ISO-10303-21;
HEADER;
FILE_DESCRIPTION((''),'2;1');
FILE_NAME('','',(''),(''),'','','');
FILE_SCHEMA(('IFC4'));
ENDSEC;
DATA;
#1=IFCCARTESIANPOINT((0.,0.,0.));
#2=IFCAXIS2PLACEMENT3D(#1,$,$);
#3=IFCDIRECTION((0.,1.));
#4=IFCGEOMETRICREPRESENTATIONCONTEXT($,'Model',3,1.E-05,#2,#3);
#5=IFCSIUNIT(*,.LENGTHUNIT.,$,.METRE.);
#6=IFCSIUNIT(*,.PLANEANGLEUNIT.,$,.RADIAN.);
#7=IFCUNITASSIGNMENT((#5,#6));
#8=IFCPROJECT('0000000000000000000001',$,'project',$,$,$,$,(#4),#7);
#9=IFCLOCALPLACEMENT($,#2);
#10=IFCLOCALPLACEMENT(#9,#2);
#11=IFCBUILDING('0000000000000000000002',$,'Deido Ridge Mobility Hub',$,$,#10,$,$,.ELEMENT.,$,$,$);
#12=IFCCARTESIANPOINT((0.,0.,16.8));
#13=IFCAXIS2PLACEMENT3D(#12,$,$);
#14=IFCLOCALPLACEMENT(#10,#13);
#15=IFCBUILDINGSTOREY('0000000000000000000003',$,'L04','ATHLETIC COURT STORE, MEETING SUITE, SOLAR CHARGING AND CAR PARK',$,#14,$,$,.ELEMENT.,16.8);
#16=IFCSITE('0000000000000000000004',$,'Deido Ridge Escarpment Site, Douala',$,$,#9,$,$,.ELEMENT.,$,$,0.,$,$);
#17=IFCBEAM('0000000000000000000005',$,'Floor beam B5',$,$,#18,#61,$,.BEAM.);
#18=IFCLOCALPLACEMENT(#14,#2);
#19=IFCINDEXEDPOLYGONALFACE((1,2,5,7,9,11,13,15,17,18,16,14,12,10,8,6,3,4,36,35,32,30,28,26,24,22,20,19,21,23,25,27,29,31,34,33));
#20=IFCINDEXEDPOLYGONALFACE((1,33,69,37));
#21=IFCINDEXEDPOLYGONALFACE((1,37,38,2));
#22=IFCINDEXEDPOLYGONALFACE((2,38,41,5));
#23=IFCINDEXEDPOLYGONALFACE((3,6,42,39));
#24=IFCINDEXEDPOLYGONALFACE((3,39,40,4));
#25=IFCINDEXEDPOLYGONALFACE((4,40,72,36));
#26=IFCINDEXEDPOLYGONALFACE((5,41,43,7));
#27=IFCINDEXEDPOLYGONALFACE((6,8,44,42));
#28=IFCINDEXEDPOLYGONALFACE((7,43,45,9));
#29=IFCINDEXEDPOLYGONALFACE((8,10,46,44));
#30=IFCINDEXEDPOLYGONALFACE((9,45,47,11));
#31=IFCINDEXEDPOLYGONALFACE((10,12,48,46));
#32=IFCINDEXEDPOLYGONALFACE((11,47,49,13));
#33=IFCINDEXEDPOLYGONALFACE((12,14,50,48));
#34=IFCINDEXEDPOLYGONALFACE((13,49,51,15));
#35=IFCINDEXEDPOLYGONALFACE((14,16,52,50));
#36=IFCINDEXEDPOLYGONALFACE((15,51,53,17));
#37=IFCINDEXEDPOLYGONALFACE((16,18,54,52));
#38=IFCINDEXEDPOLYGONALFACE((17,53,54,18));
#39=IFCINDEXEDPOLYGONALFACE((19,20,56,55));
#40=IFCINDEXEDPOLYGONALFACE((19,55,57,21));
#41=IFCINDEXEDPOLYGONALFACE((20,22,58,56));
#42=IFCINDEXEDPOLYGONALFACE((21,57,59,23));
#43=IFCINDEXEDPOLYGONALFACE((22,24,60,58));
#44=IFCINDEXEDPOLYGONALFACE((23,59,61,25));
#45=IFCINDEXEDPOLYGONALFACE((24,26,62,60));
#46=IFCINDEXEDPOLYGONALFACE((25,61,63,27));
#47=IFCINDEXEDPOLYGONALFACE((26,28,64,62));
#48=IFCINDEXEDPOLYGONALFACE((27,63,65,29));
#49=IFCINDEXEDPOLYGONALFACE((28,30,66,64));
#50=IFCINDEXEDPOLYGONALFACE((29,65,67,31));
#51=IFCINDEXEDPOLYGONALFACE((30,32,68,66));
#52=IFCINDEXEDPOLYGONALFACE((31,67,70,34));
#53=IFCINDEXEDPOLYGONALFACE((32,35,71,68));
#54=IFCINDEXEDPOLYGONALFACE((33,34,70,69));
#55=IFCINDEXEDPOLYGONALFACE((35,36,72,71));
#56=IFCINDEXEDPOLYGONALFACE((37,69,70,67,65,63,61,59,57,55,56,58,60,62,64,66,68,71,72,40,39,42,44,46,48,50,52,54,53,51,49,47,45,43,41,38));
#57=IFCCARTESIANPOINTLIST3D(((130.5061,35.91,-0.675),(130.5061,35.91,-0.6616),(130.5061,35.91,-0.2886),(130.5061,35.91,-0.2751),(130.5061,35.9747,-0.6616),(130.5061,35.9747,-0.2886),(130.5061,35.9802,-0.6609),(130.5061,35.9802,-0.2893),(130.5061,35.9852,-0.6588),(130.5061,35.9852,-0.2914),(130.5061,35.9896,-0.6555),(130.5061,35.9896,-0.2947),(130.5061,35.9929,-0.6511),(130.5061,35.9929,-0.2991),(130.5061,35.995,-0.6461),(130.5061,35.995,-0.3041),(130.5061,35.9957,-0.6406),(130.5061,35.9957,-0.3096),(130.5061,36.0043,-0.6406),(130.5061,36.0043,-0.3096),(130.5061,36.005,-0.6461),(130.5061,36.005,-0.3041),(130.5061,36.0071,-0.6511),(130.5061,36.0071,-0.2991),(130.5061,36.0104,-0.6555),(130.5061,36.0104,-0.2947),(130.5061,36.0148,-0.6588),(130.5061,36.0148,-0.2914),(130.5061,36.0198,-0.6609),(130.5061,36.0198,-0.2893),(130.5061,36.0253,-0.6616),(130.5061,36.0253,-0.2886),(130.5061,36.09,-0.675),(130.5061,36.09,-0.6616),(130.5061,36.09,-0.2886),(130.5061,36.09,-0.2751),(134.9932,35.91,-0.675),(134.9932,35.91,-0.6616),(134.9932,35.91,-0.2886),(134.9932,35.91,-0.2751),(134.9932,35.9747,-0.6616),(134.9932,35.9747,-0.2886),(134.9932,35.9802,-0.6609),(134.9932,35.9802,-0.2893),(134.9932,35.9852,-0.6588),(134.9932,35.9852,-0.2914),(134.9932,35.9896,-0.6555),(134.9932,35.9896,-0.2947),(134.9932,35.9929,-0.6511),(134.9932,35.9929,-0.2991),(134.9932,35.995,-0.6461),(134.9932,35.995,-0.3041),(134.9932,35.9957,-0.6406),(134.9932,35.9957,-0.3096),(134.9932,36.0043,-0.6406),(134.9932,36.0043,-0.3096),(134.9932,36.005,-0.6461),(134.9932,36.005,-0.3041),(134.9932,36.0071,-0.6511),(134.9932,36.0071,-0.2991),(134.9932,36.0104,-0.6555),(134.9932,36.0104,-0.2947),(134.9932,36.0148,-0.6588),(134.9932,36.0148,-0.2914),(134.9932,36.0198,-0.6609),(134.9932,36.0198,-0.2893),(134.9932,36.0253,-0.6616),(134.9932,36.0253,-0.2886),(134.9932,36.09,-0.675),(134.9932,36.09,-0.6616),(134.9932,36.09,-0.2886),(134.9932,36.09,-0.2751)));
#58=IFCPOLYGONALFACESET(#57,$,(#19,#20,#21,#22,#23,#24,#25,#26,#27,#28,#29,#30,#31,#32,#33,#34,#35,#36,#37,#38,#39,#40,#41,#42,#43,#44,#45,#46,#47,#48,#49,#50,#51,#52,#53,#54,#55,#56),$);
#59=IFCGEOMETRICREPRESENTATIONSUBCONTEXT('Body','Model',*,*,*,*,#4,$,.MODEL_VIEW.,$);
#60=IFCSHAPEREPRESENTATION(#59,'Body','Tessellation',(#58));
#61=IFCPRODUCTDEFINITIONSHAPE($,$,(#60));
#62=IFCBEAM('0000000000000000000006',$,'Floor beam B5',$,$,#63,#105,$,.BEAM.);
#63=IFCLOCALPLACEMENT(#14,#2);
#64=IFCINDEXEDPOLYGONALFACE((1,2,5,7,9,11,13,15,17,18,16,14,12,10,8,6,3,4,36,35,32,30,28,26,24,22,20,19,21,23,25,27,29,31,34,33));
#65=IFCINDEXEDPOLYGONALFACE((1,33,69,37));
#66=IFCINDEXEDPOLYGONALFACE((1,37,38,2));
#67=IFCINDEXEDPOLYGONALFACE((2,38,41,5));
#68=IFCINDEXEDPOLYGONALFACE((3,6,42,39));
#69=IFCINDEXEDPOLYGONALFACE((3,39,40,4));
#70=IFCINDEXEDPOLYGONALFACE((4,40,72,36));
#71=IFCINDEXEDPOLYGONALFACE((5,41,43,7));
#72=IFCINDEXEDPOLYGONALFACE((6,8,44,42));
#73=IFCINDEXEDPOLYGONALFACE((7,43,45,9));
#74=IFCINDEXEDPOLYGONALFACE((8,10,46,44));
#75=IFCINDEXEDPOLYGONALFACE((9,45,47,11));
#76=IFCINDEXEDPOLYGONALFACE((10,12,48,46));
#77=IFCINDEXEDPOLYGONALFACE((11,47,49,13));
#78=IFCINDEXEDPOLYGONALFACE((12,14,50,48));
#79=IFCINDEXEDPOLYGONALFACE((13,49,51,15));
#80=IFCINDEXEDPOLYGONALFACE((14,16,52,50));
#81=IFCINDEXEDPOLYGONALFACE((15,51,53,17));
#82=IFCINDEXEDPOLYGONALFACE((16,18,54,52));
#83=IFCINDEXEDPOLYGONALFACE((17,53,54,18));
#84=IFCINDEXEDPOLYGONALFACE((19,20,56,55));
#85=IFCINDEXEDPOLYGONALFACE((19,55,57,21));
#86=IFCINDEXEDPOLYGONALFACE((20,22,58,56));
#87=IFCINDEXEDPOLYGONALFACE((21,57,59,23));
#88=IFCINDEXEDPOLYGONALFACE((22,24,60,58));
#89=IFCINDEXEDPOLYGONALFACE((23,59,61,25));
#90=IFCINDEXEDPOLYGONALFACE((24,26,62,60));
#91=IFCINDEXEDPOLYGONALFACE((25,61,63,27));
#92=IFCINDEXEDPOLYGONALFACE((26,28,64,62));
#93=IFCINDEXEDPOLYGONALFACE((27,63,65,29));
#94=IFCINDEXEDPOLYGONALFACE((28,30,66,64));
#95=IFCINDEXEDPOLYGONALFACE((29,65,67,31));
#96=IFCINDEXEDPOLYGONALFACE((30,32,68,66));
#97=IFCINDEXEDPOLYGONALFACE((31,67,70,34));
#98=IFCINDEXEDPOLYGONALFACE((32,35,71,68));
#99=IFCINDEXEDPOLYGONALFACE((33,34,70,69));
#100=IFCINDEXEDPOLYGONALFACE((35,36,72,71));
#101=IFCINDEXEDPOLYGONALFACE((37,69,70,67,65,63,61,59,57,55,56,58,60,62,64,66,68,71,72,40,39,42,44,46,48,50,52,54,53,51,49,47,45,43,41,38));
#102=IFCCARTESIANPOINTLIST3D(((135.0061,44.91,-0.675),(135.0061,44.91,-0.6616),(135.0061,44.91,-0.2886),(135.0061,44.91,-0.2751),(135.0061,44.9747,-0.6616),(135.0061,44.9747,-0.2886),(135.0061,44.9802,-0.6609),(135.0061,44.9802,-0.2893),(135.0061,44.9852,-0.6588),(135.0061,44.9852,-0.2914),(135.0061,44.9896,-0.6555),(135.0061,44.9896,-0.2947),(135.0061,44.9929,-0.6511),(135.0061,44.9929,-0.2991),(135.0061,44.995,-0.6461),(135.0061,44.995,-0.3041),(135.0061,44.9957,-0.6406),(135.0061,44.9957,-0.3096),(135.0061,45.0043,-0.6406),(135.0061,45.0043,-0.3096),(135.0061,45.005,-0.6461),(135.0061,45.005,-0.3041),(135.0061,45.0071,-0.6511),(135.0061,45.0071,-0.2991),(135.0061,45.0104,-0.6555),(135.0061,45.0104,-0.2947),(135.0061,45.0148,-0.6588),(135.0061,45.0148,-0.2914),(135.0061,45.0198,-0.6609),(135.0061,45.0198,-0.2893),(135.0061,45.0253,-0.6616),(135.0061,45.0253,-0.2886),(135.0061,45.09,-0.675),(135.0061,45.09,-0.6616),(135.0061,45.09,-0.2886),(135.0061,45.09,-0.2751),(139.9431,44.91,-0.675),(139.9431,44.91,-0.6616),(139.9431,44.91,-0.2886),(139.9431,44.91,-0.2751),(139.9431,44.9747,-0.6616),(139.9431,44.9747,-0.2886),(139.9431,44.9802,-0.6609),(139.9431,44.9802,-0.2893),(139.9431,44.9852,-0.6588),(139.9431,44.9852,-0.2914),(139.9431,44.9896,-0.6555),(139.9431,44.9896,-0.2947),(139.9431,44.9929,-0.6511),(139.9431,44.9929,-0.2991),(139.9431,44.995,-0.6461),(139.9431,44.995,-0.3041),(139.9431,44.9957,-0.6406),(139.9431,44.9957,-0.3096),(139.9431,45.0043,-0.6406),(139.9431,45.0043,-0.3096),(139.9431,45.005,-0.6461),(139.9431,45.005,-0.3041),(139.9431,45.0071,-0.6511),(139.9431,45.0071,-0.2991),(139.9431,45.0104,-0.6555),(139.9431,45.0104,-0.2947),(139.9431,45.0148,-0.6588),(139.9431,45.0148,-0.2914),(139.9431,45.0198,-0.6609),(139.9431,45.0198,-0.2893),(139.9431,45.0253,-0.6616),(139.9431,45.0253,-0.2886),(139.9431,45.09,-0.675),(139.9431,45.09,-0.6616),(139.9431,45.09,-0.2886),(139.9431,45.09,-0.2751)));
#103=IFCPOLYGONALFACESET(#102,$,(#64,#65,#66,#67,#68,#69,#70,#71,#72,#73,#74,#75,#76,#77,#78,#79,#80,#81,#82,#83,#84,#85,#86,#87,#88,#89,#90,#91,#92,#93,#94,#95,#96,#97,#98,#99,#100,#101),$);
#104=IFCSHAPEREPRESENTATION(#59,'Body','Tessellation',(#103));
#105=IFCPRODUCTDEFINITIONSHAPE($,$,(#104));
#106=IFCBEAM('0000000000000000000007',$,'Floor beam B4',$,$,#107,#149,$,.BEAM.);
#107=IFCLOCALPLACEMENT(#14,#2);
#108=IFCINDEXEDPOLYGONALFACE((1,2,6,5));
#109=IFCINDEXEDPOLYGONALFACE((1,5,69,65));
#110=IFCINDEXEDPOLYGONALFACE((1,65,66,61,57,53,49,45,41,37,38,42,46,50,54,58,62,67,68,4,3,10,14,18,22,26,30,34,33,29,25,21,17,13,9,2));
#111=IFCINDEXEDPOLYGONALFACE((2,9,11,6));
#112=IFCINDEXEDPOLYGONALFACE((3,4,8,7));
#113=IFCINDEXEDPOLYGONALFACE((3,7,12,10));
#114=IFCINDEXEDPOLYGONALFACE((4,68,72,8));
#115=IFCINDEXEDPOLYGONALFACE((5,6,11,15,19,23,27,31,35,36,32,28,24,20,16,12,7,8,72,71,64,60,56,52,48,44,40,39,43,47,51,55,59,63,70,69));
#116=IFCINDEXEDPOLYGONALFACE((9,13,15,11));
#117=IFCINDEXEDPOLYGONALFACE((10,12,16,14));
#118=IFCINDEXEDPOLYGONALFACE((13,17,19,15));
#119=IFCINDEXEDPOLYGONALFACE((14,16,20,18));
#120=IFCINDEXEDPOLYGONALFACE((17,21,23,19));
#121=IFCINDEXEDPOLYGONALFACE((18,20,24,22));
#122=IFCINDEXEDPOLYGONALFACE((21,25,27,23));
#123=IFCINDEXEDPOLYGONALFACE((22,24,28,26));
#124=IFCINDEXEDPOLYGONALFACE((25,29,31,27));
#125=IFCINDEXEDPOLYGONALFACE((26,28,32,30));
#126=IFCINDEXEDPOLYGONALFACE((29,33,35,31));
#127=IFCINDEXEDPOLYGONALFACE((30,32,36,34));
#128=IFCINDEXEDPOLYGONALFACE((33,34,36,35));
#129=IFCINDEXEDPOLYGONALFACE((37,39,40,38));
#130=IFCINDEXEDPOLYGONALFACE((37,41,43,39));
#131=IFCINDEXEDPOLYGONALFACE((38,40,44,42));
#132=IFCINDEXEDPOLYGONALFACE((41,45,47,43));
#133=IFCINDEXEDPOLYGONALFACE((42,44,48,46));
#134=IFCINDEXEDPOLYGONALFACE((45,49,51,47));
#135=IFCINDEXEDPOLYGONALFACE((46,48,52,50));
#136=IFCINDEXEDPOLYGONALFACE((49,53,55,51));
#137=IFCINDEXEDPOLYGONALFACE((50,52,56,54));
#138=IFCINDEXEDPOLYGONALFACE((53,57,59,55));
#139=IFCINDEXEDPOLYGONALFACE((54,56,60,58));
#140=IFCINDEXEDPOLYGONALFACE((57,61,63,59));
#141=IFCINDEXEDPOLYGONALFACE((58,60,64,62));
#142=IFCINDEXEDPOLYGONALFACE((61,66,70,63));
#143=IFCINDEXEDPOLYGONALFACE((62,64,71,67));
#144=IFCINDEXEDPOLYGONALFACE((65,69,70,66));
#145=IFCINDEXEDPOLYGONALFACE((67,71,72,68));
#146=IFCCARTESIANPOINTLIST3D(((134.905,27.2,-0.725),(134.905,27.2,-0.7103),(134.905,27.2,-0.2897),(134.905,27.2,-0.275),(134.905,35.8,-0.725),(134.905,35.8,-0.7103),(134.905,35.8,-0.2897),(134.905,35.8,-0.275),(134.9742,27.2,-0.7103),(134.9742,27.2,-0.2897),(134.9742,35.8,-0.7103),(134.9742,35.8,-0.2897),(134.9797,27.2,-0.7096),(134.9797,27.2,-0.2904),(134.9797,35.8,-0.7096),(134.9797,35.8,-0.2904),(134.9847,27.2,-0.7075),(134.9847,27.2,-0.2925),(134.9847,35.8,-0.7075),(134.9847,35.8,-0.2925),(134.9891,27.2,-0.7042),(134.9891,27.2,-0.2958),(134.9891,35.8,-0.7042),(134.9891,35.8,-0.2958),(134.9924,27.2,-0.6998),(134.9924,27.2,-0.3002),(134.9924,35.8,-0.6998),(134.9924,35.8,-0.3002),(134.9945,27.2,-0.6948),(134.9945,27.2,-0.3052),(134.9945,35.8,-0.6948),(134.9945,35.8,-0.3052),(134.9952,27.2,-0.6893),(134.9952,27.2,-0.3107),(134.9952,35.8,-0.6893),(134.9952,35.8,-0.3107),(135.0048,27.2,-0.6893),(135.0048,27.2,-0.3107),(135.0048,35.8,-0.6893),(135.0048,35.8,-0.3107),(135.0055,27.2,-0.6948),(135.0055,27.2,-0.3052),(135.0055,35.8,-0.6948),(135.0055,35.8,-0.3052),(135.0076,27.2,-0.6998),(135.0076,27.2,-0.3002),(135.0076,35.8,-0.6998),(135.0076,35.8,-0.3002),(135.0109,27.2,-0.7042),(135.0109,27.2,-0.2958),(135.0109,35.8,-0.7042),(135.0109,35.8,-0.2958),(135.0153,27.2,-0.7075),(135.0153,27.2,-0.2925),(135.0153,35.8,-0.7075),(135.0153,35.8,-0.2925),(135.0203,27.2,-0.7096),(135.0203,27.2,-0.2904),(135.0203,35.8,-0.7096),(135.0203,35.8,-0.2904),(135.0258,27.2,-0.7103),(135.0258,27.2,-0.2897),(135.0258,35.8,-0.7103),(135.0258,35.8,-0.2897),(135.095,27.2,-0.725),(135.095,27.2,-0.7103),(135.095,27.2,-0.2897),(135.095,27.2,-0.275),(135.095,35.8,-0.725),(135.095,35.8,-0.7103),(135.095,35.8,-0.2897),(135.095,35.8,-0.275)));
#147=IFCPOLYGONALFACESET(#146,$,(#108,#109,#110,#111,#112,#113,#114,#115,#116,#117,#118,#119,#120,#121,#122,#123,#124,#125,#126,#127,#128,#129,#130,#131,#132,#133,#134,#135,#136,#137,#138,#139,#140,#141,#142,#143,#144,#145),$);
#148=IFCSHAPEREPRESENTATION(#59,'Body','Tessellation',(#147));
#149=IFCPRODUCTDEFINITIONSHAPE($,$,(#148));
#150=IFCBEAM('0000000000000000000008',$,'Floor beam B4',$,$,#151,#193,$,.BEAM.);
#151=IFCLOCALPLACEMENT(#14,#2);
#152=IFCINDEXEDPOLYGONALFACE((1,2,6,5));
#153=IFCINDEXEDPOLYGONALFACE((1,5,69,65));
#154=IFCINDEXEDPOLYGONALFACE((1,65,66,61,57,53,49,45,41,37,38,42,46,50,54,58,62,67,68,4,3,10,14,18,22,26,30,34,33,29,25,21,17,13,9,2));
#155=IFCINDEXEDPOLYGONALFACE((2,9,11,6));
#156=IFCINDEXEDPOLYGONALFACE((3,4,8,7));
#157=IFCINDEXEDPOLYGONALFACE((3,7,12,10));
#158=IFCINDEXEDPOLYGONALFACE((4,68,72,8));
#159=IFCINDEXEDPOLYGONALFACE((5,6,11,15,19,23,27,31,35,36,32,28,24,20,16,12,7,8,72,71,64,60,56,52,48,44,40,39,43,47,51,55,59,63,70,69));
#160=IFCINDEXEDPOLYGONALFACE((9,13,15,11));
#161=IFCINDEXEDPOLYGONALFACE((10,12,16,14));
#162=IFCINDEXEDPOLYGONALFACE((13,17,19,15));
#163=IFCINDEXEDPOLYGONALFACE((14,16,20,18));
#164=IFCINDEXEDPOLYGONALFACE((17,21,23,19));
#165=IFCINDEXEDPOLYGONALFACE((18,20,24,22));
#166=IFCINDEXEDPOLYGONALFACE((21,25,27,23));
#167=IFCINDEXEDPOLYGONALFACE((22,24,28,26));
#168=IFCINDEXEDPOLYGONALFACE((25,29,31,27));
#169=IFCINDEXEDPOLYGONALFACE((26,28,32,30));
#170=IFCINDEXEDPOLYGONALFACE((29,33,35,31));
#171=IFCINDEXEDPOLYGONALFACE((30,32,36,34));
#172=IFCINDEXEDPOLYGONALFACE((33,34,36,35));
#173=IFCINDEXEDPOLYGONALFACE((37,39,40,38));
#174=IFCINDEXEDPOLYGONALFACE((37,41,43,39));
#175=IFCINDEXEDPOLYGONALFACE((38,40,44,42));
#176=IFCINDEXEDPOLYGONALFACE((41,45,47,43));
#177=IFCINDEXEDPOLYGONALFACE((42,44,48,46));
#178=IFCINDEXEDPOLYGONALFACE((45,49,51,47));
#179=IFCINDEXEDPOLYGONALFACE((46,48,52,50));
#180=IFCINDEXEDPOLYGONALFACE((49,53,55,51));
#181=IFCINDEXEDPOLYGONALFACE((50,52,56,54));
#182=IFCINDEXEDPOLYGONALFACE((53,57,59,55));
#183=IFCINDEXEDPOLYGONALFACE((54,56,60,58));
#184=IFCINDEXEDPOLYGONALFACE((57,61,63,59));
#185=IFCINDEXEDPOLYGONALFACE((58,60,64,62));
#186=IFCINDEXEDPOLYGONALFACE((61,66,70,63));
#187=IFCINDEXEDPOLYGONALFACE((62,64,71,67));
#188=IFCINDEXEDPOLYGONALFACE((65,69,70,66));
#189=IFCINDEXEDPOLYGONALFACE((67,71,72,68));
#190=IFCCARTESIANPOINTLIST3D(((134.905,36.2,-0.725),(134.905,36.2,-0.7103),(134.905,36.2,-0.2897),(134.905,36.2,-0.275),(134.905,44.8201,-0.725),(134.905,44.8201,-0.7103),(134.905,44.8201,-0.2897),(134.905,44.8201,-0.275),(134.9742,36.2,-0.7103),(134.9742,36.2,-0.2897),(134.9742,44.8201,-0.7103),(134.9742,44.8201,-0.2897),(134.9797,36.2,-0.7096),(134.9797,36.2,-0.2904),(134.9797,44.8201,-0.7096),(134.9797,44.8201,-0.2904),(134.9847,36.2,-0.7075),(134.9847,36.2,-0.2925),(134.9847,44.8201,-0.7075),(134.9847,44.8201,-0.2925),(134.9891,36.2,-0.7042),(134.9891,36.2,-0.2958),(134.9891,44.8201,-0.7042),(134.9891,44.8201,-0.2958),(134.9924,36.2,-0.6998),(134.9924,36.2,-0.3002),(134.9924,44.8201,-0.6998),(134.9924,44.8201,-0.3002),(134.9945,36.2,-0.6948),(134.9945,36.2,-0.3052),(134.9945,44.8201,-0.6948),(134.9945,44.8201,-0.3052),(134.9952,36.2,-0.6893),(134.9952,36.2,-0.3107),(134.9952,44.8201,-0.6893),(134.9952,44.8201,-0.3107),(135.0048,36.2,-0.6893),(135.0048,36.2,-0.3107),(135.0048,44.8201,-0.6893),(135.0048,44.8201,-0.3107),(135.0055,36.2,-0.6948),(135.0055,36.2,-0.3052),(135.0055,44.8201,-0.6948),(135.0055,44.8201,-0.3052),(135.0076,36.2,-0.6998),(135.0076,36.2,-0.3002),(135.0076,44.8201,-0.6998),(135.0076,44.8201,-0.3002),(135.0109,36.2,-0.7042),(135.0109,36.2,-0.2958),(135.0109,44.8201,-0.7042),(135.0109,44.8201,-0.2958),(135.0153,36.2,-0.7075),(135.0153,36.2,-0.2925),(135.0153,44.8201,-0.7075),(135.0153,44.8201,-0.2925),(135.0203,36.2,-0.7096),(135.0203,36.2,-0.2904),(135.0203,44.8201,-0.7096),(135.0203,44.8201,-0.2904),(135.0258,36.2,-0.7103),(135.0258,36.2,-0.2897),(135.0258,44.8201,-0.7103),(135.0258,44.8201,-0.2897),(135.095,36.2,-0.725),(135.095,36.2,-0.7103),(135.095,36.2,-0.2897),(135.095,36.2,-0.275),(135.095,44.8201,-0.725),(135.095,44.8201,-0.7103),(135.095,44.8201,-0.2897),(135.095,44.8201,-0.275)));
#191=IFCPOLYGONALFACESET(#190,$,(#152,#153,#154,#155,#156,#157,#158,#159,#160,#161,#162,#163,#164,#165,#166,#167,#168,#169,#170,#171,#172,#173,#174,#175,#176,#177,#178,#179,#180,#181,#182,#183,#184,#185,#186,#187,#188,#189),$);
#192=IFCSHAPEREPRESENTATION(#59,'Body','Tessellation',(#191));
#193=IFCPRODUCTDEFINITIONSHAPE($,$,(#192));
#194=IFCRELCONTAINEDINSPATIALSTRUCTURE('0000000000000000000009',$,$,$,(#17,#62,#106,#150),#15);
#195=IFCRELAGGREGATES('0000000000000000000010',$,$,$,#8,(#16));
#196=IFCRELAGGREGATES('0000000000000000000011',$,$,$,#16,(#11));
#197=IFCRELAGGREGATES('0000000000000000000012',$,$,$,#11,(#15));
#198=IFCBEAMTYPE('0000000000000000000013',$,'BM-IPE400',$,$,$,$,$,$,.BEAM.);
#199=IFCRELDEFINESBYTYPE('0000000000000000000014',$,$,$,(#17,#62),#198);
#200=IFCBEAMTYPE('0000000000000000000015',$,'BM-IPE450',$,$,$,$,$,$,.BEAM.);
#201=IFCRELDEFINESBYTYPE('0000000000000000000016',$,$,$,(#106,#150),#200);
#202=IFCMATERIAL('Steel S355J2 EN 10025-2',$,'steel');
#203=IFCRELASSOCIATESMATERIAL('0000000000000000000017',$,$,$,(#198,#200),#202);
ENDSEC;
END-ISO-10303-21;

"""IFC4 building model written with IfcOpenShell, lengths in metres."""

from ifc_helpers import new_model, si_unit, direction, frame, origin, origin_2d, place, context, subcontext, project, spatial, i_section, extrude, material, material_profile, profile_set, type_object, element, save


model = new_model("IFC4")

# Units and contexts
model_context = context("Model", 3, precision=1e-05, world=origin(), true_north=direction((0.0, 1.0)))
body_context = subcontext(model_context, "Body", "Model", "MODEL_VIEW")
ifc_project = project(units=[si_unit("LENGTHUNIT", "METRE"), si_unit("PLANEANGLEUNIT", "RADIAN")], contexts=[model_context])

# Site, building, storey
site_placement = place(None, origin())
site = spatial("IfcSite", under=ifc_project, at=site_placement, Name="Deido Ridge Escarpment Site, Douala", CompositionType="ELEMENT", RefElevation=0.0)
building_placement = place(site_placement, origin())
building = spatial("IfcBuilding", under=site, at=building_placement, Name="Deido Ridge Mobility Hub", CompositionType="ELEMENT")
storey_placement = place(building_placement, frame((0.0, 0.0, 16.8)))
storey = spatial("IfcBuildingStorey", under=building, at=storey_placement, Name="L04", Description="ATHLETIC COURT STORE, MEETING SUITE, SOLAR CHARGING AND CAR PARK", CompositionType="ELEMENT", Elevation=16.8)

# Beams
ifc_material_1 = material(Name="Steel S355J2 EN 10025-2", Category="steel")
ifc_material_profile_1 = material_profile(ifc_material_1, i_section(OverallWidth=0.1799, OverallDepth=0.3999, WebThickness=0.0085, FlangeThickness=0.0134, FilletRadius=0.021, at=origin_2d()), Name="IPE 400")
ifc_profile_set_1 = profile_set([ifc_material_profile_1], Name="Steel S355J2 EN 10025-2")
beam_type_1 = type_object("IfcBeamType", Name="BM-IPE400", PredefinedType="BEAM", material=ifc_profile_set_1)
beam_1_placement = place(storey_placement, frame((130.5061, 36.0, -0.4751), z_axis=(1.0, 0.0, 0.0), x_axis=(0.0, 1.0, 0.0)))
element("IfcBeam", 1, at=beam_1_placement, inside=storey, type_object=beam_type_1, Name="Floor beam B5", PredefinedType="BEAM", context=body_context, shape_type="SweptSolid", body=[
    extrude(i_section(OverallWidth=0.1799, OverallDepth=0.3999, WebThickness=0.0085, FlangeThickness=0.0134, FilletRadius=0.021, at=origin_2d()), origin(), (0.0, 0.0, 1.0), 4.4871),
])
beam_2_placement = place(storey_placement, frame((135.0061, 45.0, -0.4751), z_axis=(1.0, 0.0, 0.0), x_axis=(0.0, 1.0, 0.0)))
element("IfcBeam", 2, at=beam_2_placement, inside=storey, type_object=beam_type_1, Name="Floor beam B5", PredefinedType="BEAM", context=body_context, shape_type="SweptSolid", body=[
    extrude(i_section(OverallWidth=0.1799, OverallDepth=0.3999, WebThickness=0.0085, FlangeThickness=0.0134, FilletRadius=0.021, at=origin_2d()), origin(), (0.0, 0.0, 1.0), 4.937),
])
ifc_material_profile_2 = material_profile(ifc_material_1, i_section(OverallWidth=0.1899, OverallDepth=0.45, WebThickness=0.0095, FlangeThickness=0.0146, FilletRadius=0.021, at=origin_2d()), Name="IPE 450")
ifc_profile_set_2 = profile_set([ifc_material_profile_2], Name="Steel S355J2 EN 10025-2")
beam_type_2 = type_object("IfcBeamType", Name="BM-IPE450", PredefinedType="BEAM", material=ifc_profile_set_2)
beam_3_placement = place(storey_placement, frame((135.0, 27.2, -0.5), z_axis=(0.0, 1.0, 0.0), x_axis=(-1.0, 0.0, 0.0)))
element("IfcBeam", 3, at=beam_3_placement, inside=storey, type_object=beam_type_2, Name="Floor beam B4", PredefinedType="BEAM", context=body_context, shape_type="SweptSolid", body=[
    extrude(i_section(OverallWidth=0.1899, OverallDepth=0.45, WebThickness=0.0095, FlangeThickness=0.0146, FilletRadius=0.021, at=origin_2d()), origin(), (0.0, 0.0, 1.0), 8.6001),
])
beam_4_placement = place(storey_placement, frame((135.0, 36.2, -0.5), z_axis=(0.0, 1.0, 0.0), x_axis=(-1.0, 0.0, 0.0)))
element("IfcBeam", 4, at=beam_4_placement, inside=storey, type_object=beam_type_2, Name="Floor beam B4", PredefinedType="BEAM", context=body_context, shape_type="SweptSolid", body=[
    extrude(i_section(OverallWidth=0.1899, OverallDepth=0.45, WebThickness=0.0095, FlangeThickness=0.0146, FilletRadius=0.021, at=origin_2d()), origin(), (0.0, 0.0, 1.0), 8.6201),
])

save(model, "model.ifc")
